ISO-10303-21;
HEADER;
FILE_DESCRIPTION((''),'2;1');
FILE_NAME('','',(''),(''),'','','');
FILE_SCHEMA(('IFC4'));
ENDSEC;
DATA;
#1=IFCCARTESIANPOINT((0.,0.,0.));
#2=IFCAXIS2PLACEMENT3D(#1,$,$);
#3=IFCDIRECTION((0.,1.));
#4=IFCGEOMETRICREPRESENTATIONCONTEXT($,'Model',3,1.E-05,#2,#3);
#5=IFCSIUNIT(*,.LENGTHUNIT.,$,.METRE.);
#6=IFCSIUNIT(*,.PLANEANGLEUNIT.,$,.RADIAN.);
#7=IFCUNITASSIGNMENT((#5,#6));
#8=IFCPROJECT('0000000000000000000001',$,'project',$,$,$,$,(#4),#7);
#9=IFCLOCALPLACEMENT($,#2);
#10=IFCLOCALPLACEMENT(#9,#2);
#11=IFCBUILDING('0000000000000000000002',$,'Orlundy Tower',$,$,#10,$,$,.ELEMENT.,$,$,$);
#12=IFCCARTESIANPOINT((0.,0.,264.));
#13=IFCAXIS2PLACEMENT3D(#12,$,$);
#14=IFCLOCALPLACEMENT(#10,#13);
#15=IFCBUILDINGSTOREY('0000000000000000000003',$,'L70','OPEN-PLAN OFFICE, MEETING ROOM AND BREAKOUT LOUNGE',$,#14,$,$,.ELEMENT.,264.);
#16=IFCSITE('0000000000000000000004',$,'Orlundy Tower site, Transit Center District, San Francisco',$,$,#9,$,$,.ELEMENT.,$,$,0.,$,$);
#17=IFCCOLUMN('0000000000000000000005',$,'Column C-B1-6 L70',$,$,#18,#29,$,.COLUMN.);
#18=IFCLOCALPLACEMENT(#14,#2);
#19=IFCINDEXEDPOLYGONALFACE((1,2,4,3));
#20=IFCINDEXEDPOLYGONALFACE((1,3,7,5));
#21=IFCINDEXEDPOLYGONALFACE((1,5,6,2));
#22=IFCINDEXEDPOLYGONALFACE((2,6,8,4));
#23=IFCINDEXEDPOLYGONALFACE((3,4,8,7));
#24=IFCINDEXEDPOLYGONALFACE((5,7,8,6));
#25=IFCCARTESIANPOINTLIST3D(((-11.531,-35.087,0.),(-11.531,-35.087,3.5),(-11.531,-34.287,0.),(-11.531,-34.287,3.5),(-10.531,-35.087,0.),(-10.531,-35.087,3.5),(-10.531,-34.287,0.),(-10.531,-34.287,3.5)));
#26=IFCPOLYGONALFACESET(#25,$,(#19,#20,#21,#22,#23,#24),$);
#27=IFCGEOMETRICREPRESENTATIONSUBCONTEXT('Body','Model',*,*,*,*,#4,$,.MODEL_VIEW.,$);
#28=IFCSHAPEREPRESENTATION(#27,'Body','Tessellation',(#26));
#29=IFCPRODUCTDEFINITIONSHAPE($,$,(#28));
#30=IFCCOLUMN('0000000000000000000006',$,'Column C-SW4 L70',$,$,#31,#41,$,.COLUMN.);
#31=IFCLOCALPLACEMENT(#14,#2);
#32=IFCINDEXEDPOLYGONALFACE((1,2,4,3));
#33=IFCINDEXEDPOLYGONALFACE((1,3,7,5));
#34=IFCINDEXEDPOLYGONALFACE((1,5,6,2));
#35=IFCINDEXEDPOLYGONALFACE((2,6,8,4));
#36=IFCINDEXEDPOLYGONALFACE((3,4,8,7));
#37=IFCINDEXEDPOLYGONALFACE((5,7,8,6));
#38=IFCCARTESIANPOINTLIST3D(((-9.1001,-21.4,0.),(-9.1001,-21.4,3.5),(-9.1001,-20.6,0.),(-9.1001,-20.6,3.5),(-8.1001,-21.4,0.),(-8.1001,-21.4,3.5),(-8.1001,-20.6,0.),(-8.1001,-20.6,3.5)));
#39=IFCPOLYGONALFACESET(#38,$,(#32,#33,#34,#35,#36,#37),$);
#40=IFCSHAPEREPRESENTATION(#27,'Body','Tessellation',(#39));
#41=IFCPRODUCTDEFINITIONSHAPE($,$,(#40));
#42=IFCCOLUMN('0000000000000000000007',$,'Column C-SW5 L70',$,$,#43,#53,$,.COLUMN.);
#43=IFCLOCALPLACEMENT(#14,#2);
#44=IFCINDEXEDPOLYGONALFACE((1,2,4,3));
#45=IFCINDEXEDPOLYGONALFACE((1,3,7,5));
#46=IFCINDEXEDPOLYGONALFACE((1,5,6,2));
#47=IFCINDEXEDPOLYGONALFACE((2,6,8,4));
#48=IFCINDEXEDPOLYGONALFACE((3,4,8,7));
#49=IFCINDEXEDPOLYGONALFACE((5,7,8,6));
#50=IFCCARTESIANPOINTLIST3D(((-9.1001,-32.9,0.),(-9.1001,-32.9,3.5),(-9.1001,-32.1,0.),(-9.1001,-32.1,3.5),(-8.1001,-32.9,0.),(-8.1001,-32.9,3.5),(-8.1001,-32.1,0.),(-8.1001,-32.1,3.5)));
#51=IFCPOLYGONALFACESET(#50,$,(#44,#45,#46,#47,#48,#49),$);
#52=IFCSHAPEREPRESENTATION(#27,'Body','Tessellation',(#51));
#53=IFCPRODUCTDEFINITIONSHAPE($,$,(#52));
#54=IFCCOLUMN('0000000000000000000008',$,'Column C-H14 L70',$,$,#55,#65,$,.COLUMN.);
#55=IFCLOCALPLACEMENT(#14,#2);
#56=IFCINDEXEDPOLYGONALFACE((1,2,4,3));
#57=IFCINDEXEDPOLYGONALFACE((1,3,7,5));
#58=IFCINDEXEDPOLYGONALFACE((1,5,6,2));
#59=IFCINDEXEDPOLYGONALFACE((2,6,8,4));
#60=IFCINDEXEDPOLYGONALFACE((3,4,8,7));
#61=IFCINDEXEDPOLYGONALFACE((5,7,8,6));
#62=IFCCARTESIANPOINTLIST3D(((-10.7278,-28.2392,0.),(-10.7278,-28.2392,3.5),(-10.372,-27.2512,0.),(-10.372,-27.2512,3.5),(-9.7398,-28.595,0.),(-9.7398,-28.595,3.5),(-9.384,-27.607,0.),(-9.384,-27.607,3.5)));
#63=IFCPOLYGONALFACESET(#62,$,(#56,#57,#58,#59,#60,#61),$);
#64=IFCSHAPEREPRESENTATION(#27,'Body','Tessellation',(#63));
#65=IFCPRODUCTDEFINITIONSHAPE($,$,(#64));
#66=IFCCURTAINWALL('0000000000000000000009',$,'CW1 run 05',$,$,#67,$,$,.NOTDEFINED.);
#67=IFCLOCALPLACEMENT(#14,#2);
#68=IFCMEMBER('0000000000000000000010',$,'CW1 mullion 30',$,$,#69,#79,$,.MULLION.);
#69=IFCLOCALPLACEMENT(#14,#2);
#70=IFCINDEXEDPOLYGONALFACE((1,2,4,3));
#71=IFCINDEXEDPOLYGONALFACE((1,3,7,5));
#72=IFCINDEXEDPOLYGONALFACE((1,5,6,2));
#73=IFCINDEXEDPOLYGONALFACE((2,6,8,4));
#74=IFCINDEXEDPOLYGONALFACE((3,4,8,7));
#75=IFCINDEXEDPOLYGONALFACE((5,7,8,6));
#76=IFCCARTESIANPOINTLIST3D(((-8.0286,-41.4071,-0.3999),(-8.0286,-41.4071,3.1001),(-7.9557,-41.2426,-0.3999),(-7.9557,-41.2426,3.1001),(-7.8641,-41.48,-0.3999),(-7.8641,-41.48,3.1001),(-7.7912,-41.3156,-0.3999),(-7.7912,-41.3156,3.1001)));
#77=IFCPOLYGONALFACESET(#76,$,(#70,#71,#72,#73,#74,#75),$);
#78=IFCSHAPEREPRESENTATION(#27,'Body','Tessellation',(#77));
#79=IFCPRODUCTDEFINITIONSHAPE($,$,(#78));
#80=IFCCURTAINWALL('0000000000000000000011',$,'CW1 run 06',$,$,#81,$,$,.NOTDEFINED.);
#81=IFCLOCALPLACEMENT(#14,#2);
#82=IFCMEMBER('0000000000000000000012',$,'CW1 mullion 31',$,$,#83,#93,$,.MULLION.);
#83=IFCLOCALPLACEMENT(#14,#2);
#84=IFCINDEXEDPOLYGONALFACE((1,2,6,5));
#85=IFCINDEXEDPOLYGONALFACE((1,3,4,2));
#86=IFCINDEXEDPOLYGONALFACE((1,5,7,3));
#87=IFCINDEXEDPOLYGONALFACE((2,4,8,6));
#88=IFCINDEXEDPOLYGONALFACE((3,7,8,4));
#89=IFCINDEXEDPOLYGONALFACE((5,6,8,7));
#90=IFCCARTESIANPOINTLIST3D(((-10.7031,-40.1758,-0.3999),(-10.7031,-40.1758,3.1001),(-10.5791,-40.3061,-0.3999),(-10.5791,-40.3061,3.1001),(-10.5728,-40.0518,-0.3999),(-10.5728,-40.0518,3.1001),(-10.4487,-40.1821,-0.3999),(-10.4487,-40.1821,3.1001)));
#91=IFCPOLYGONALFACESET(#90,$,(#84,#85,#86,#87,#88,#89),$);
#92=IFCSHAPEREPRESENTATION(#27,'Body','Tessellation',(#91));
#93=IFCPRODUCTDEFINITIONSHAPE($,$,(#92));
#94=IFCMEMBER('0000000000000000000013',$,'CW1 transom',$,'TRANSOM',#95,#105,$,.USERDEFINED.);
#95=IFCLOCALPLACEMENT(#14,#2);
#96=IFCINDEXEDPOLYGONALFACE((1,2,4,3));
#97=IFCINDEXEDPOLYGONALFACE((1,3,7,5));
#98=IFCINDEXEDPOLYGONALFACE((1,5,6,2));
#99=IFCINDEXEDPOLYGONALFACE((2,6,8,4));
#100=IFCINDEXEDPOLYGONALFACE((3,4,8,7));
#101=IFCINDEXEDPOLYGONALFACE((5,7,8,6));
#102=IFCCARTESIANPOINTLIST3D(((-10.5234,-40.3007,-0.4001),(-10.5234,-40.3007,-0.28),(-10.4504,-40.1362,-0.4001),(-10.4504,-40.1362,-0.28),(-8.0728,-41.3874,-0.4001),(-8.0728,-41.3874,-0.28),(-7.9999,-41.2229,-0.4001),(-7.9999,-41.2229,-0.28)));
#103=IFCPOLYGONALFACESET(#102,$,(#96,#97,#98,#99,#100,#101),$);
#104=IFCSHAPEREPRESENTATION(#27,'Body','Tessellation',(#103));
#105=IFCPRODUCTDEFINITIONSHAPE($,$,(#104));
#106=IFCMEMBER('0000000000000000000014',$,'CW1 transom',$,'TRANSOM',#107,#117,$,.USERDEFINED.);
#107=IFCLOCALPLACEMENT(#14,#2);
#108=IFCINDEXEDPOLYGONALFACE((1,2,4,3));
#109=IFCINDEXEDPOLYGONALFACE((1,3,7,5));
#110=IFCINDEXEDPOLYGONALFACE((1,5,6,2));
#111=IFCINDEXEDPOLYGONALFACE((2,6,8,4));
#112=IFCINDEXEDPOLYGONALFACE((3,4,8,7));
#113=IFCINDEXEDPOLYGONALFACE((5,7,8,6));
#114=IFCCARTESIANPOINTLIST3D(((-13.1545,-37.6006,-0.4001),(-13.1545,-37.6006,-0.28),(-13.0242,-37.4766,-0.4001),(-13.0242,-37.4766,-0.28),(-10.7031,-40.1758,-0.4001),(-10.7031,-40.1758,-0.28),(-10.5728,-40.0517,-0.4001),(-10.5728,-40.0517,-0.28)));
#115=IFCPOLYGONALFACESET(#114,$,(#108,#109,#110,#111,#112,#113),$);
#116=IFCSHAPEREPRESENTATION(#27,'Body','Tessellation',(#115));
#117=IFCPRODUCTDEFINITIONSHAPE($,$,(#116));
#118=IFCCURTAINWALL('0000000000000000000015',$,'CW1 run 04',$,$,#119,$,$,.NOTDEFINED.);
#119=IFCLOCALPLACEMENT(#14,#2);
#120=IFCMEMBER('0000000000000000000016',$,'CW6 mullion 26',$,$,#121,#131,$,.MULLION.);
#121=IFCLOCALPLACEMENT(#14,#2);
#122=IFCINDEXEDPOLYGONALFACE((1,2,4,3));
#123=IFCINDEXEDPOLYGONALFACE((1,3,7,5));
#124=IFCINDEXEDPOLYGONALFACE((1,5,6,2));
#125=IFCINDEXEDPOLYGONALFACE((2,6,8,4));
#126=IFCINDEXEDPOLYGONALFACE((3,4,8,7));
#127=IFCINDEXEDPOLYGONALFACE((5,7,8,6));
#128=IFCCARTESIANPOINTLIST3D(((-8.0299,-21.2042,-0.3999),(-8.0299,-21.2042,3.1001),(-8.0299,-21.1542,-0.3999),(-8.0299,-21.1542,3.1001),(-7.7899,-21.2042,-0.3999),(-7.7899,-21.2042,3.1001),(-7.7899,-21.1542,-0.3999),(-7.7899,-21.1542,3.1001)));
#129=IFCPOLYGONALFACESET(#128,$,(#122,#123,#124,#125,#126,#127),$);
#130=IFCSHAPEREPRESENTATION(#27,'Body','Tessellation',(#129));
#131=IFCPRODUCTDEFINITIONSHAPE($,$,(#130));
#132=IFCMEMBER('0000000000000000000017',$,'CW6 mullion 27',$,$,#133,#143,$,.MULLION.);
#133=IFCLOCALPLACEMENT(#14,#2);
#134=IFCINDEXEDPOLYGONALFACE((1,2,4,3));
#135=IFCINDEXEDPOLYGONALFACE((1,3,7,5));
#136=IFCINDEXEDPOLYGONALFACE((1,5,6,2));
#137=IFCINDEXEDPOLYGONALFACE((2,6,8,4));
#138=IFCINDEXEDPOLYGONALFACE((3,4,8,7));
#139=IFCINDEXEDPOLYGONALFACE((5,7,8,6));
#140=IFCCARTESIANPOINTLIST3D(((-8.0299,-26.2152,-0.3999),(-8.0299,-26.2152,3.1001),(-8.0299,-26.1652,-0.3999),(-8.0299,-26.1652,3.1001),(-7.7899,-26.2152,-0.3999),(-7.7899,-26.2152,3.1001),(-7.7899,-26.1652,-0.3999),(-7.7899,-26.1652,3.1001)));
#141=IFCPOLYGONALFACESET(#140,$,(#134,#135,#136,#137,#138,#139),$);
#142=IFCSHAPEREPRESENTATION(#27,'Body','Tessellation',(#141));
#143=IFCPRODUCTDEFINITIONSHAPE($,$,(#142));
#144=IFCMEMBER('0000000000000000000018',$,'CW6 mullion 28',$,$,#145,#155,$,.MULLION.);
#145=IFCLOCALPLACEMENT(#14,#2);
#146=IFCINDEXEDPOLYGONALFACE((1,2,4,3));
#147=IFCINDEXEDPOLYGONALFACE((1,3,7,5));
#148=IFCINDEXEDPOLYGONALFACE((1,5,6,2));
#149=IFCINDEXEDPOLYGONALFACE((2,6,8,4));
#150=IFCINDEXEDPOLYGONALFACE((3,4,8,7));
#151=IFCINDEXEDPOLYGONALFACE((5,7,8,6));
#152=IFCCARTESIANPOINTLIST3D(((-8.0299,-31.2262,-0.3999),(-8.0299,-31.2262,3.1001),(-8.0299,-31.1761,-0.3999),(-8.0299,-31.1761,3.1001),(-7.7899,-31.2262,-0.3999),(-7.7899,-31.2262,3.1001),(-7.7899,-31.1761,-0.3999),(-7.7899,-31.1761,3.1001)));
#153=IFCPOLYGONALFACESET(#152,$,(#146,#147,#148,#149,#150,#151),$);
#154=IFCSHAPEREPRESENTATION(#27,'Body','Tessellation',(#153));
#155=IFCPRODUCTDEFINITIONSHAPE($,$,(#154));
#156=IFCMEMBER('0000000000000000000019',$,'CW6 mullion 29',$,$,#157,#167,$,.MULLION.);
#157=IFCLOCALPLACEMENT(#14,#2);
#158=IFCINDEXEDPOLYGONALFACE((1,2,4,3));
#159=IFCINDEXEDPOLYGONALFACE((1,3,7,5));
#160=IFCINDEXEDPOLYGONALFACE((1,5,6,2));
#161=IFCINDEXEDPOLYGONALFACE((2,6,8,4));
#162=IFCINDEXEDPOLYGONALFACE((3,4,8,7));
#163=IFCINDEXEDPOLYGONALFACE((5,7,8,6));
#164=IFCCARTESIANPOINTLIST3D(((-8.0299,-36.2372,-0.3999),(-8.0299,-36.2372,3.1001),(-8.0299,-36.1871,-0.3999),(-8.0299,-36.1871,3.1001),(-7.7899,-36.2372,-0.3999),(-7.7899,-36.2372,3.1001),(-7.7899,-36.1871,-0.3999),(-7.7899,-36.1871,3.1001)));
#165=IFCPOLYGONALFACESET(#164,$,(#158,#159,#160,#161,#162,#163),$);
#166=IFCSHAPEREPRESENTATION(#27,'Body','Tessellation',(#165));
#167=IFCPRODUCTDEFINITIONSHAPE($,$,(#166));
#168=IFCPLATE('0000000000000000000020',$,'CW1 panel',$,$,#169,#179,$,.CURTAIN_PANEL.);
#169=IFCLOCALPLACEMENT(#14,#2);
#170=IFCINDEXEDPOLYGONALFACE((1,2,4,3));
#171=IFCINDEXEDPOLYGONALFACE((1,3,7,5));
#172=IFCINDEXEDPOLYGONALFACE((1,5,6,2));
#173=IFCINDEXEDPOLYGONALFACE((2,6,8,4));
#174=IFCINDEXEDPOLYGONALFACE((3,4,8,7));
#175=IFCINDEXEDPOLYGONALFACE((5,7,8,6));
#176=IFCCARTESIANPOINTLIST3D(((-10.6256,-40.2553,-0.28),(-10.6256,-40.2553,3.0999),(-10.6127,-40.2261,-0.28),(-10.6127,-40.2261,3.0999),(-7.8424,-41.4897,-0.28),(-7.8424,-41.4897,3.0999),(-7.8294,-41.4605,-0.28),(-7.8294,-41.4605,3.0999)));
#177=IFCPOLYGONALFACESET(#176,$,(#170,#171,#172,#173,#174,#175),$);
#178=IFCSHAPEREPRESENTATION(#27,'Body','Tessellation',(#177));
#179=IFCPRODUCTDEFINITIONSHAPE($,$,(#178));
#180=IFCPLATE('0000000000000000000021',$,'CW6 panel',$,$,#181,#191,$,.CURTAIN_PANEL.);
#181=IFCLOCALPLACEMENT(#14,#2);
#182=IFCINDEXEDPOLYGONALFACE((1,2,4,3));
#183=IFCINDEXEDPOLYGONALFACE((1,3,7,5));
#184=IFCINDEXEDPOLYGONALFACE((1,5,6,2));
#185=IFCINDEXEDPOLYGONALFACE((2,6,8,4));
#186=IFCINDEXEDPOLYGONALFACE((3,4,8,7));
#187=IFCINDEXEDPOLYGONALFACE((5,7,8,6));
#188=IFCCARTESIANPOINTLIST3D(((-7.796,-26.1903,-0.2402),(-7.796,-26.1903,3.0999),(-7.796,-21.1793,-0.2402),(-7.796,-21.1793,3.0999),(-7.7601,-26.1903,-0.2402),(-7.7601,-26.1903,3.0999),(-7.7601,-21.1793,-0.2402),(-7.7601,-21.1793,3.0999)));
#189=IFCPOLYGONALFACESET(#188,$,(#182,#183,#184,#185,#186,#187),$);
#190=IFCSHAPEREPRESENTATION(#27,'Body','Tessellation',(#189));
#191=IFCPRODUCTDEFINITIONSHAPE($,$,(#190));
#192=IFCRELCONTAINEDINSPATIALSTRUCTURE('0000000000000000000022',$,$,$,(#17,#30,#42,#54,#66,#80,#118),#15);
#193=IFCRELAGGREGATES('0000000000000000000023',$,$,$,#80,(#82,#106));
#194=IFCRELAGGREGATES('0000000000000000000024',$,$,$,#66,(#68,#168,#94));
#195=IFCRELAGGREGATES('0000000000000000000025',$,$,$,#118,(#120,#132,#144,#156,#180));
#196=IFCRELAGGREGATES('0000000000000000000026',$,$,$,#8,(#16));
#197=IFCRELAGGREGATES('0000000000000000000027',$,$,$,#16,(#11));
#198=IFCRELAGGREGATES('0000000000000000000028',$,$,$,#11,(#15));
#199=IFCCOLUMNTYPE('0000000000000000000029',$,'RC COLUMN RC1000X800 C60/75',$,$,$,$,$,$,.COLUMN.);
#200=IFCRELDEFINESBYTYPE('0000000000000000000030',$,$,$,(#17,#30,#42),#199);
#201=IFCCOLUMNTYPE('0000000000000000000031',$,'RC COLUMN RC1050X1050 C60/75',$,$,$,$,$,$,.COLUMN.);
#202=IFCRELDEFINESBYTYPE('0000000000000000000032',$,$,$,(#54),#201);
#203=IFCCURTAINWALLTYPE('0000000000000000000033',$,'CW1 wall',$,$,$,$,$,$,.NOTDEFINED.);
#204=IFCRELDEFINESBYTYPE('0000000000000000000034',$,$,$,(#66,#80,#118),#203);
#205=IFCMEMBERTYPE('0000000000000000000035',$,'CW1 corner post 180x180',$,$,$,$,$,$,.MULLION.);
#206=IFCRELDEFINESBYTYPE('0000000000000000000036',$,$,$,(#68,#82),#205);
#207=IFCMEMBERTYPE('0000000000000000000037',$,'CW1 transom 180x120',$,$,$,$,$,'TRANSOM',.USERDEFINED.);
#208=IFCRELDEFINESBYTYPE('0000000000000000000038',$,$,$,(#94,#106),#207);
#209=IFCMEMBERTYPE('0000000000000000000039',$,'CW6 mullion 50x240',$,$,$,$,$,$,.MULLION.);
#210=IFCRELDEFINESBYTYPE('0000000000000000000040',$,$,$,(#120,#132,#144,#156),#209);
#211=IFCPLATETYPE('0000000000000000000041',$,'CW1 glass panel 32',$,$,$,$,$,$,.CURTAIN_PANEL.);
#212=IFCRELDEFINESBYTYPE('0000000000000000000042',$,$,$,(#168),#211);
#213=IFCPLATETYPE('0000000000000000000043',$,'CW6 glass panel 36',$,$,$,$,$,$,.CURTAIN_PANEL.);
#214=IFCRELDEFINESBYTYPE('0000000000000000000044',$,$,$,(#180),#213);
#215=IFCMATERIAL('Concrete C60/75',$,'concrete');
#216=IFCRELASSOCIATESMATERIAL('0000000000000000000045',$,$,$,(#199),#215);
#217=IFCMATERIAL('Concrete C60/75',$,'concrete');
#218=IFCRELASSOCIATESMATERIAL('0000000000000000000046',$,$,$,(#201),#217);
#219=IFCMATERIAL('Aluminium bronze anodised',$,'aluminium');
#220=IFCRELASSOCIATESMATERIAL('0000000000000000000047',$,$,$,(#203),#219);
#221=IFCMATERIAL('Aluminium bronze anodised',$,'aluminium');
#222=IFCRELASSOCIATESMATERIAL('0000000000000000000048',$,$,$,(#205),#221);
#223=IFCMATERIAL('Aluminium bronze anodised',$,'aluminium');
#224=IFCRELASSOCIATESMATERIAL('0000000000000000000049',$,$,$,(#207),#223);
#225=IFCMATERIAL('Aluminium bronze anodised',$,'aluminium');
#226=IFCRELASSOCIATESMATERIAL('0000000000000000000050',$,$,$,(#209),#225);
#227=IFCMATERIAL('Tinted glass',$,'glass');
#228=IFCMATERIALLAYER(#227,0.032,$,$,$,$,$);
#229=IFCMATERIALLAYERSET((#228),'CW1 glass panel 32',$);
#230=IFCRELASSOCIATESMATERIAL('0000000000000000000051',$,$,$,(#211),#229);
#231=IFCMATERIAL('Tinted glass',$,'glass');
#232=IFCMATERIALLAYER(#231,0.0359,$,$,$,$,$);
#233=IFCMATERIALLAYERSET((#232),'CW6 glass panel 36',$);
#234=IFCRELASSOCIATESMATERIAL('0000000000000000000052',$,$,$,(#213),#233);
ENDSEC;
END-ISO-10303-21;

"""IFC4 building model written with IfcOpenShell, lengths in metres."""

from ifc_helpers import new_model, si_unit, direction, frame, origin, origin_2d, place, context, subcontext, project, spatial, rectangle, extrude, material, layer, layer_set, material_profile, profile_set, type_object, element, aggregate, save


model = new_model("IFC4")

# Units and contexts
model_context = context("Model", 3, precision=1e-05, world=origin(), true_north=direction((0.0, 1.0)))
body_context = subcontext(model_context, "Body", "Model", "MODEL_VIEW")
ifc_project = project(units=[si_unit("LENGTHUNIT", "METRE"), si_unit("PLANEANGLEUNIT", "RADIAN")], contexts=[model_context])

# Site, building, storey
site_placement = place(None, origin())
site = spatial("IfcSite", under=ifc_project, at=site_placement, Name="Orlundy Tower site, Transit Center District, San Francisco", CompositionType="ELEMENT", RefElevation=0.0)
building_placement = place(site_placement, origin())
building = spatial("IfcBuilding", under=site, at=building_placement, Name="Orlundy Tower", CompositionType="ELEMENT")
storey_placement = place(building_placement, frame((0.0, 0.0, 264.0)))
storey = spatial("IfcBuildingStorey", under=building, at=storey_placement, Name="L70", Description="OPEN-PLAN OFFICE, MEETING ROOM AND BREAKOUT LOUNGE", CompositionType="ELEMENT", Elevation=264.0)

# Columns
ifc_material_1 = material(Name="Concrete C60/75", Category="concrete")
ifc_material_profile_1 = material_profile(ifc_material_1, rectangle(XDim=1.0, YDim=0.8, at=origin_2d()), Name="RC1000X800")
ifc_profile_set_1 = profile_set([ifc_material_profile_1], Name="Concrete C60/75")
column_type_1 = type_object("IfcColumnType", Name="RC COLUMN RC1000X800 C60/75", PredefinedType="COLUMN", material=ifc_profile_set_1)
for number, where, z_axis, x_axis, name in (
    (1, (-11.031, -34.687, 0.0), (0.0, 0.0, 1.0), (1.0, 0.0, 0.0), "Column C-B1-6 L70"),
    (2, (-8.6001, -21.0, 0.0), (0.0, 0.0, 1.0), (1.0, 0.0, 0.0), "Column C-SW4 L70"),
    (3, (-8.6001, -32.5, 0.0), (0.0, 0.0, 1.0), (1.0, 0.0, 0.0), "Column C-SW5 L70"),
):
    element("IfcColumn", number, at=place(storey_placement, frame(where, z_axis=z_axis, x_axis=x_axis)), inside=storey, type_object=column_type_1, Name=name, PredefinedType="COLUMN", context=body_context, shape_type="SweptSolid", body=[
        extrude(rectangle(XDim=1.0, YDim=0.8, at=origin_2d()), origin(), (0.0, 0.0, 1.0), 3.5),
    ])
ifc_material_2 = material(Name="Concrete C60/75", Category="concrete")
ifc_material_profile_2 = material_profile(ifc_material_2, rectangle(XDim=1.05, YDim=1.05, at=origin_2d()), Name="RC1050X1050")
ifc_profile_set_2 = profile_set([ifc_material_profile_2], Name="Concrete C60/75")
column_type_2 = type_object("IfcColumnType", Name="RC COLUMN RC1050X1050 C60/75", PredefinedType="COLUMN", material=ifc_profile_set_2)
column_placement = place(storey_placement, frame((-10.0559, -27.9231, 0.0), z_axis=(0.0, 0.0, 1.0), x_axis=(-0.338836, -0.940845, 0.0)))
element("IfcColumn", 4, at=column_placement, inside=storey, type_object=column_type_2, Name="Column C-H14 L70", PredefinedType="COLUMN", context=body_context, shape_type="SweptSolid", body=[
    extrude(rectangle(XDim=1.05, YDim=1.05, at=origin_2d()), origin(), (0.0, 0.0, 1.0), 3.5),
])

# Curtain walls, members
ifc_material_3 = material(Name="Aluminium bronze anodised", Category="aluminium")
curtain_wall_type = type_object("IfcCurtainWallType", Name="CW1 wall", PredefinedType="NOTDEFINED", material=ifc_material_3)
curtain_wall_1_placement = place(storey_placement, origin())
curtain_wall_1 = element("IfcCurtainWall", 5, at=curtain_wall_1_placement, inside=storey, type_object=curtain_wall_type, Name="CW1 run 05", PredefinedType="NOTDEFINED")
ifc_material_4 = material(Name="Aluminium bronze anodised", Category="aluminium")
ifc_material_profile_3 = material_profile(ifc_material_4, rectangle(XDim=0.1799, YDim=0.1799, at=origin_2d()), Name="CW1 corner post 180x180")
ifc_profile_set_3 = profile_set([ifc_material_profile_3], Name="Aluminium bronze anodised")
member_type_1 = type_object("IfcMemberType", Name="CW1 corner post 180x180", PredefinedType="MULLION", material=ifc_profile_set_3)
member_1_placement = place(storey_placement, frame((-7.9099, -41.3613, -0.3999), z_axis=(0.0, 0.0, 1.0), x_axis=(-0.405432, -0.914125, 0.0)))
member_1 = element("IfcMember", 6, at=member_1_placement, type_object=member_type_1, Name="CW1 mullion 30", PredefinedType="MULLION", context=body_context, shape_type="SweptSolid", body=[
    extrude(rectangle(XDim=0.1799, YDim=0.1799, at=origin_2d()), origin(), (0.0, 0.0, 1.0), 3.5),
])
curtain_wall_2_placement = place(storey_placement, origin())
curtain_wall_2 = element("IfcCurtainWall", 7, at=curtain_wall_2_placement, inside=storey, type_object=curtain_wall_type, Name="CW1 run 06", PredefinedType="NOTDEFINED")
member_2_placement = place(storey_placement, frame((-10.5759, -40.179, -0.3999), z_axis=(0.0, 0.0, 1.0), x_axis=(-0.724292, -0.689493, 0.0)))
member_2 = element("IfcMember", 8, at=member_2_placement, type_object=member_type_1, Name="CW1 mullion 31", PredefinedType="MULLION", context=body_context, shape_type="SweptSolid", body=[
    extrude(rectangle(XDim=0.1799, YDim=0.1799, at=origin_2d()), origin(), (0.0, 0.0, 1.0), 3.5),
])

# Members
ifc_material_5 = material(Name="Aluminium bronze anodised", Category="aluminium")
ifc_material_profile_4 = material_profile(ifc_material_5, rectangle(XDim=0.1799, YDim=0.1201, at=origin_2d()), Name="CW1 transom 180x120")
ifc_profile_set_4 = profile_set([ifc_material_profile_4], Name="Aluminium bronze anodised")
member_type_2 = type_object("IfcMemberType", Name="CW1 transom 180x120", ElementType="TRANSOM", PredefinedType="USERDEFINED", material=ifc_profile_set_4)
member_3_placement = place(storey_placement, frame((-8.0364, -41.3052, -0.3401), z_axis=(-0.914146, 0.405386, 0.0), x_axis=(-0.405386, -0.914146, 0.0)))
member_3 = element("IfcMember", 9, at=member_3_placement, type_object=member_type_2, Name="CW1 transom", ObjectType="TRANSOM", PredefinedType="USERDEFINED", context=body_context, shape_type="SweptSolid", body=[
    extrude(rectangle(XDim=0.1799, YDim=0.1201, at=origin_2d()), origin(), (0.0, 0.0, 1.0), 2.6807),
])
member_4_placement = place(storey_placement, frame((-10.6379, -40.1138, -0.3401), z_axis=(-0.689485, 0.7243, 0.0), x_axis=(-0.7243, -0.689485, 0.0)))
member_4 = element("IfcMember", 10, at=member_4_placement, type_object=member_type_2, Name="CW1 transom", ObjectType="TRANSOM", PredefinedType="USERDEFINED", context=body_context, shape_type="SweptSolid", body=[
    extrude(rectangle(XDim=0.1799, YDim=0.1201, at=origin_2d()), origin(), (0.0, 0.0, 1.0), 3.5554),
])
aggregate(curtain_wall_2, [member_2, member_4])

# Curtain wall, members
curtain_wall_3_placement = place(storey_placement, origin())
curtain_wall_3 = element("IfcCurtainWall", 11, at=curtain_wall_3_placement, inside=storey, type_object=curtain_wall_type, Name="CW1 run 04", PredefinedType="NOTDEFINED")
ifc_material_6 = material(Name="Aluminium bronze anodised", Category="aluminium")
ifc_material_profile_5 = material_profile(ifc_material_6, rectangle(XDim=0.24, YDim=0.05, at=origin_2d()), Name="CW6 mullion 50x240")
ifc_profile_set_5 = profile_set([ifc_material_profile_5], Name="Aluminium bronze anodised")
member_type_3 = type_object("IfcMemberType", Name="CW6 mullion 50x240", PredefinedType="MULLION", material=ifc_profile_set_5)
member_5_placement = place(storey_placement, frame((-7.9099, -21.1792, -0.3999), z_axis=(0.0, 0.0, 1.0), x_axis=(1.0, 0.0, 0.0)))
member_5 = element("IfcMember", 12, at=member_5_placement, type_object=member_type_3, Name="CW6 mullion 26", PredefinedType="MULLION", context=body_context, shape_type="SweptSolid", body=[
    extrude(rectangle(XDim=0.24, YDim=0.05, at=origin_2d()), origin(), (0.0, 0.0, 1.0), 3.5),
])
member_6_placement = place(storey_placement, frame((-7.9099, -26.1902, -0.3999), z_axis=(0.0, 0.0, 1.0), x_axis=(1.0, 0.0, 0.0)))
member_6 = element("IfcMember", 13, at=member_6_placement, type_object=member_type_3, Name="CW6 mullion 27", PredefinedType="MULLION", context=body_context, shape_type="SweptSolid", body=[
    extrude(rectangle(XDim=0.24, YDim=0.05, at=origin_2d()), origin(), (0.0, 0.0, 1.0), 3.5),
])
member_7_placement = place(storey_placement, frame((-7.9099, -31.2012, -0.3999), z_axis=(0.0, 0.0, 1.0), x_axis=(1.0, 0.0, 0.0)))
member_7 = element("IfcMember", 14, at=member_7_placement, type_object=member_type_3, Name="CW6 mullion 28", PredefinedType="MULLION", context=body_context, shape_type="SweptSolid", body=[
    extrude(rectangle(XDim=0.24, YDim=0.05, at=origin_2d()), origin(), (0.0, 0.0, 1.0), 3.5),
])
member_8_placement = place(storey_placement, frame((-7.9099, -36.2122, -0.3999), z_axis=(0.0, 0.0, 1.0), x_axis=(1.0, 0.0, 0.0)))
member_8 = element("IfcMember", 15, at=member_8_placement, type_object=member_type_3, Name="CW6 mullion 29", PredefinedType="MULLION", context=body_context, shape_type="SweptSolid", body=[
    extrude(rectangle(XDim=0.24, YDim=0.05, at=origin_2d()), origin(), (0.0, 0.0, 1.0), 3.5),
])

# Plates
ifc_material_7 = material(Name="Tinted glass", Category="glass")
ifc_layer_1 = layer(ifc_material_7, 0.032)
ifc_layer_set_1 = layer_set([ifc_layer_1], Name="CW1 glass panel 32")
plate_type_1 = type_object("IfcPlateType", Name="CW1 glass panel 32", PredefinedType="CURTAIN_PANEL", material=ifc_layer_set_1)
plate_1_placement = place(storey_placement, frame((-9.2275, -40.8579, -0.28), z_axis=(0.0, 0.0, 1.0), x_axis=(-0.914125, 0.405432, 0.0)))
plate_1 = element("IfcPlate", 16, at=plate_1_placement, type_object=plate_type_1, Name="CW1 panel", PredefinedType="CURTAIN_PANEL", context=body_context, shape_type="SweptSolid", body=[
    extrude(rectangle(XDim=3.0447, YDim=0.032, at=origin_2d()), origin(), (0.0, 0.0, 1.0), 3.3799),
])
aggregate(curtain_wall_1, [member_1, plate_1, member_3])
ifc_material_8 = material(Name="Tinted glass", Category="glass")
ifc_layer_2 = layer(ifc_material_8, 0.0359)
ifc_layer_set_2 = layer_set([ifc_layer_2], Name="CW6 glass panel 36")
plate_type_2 = type_object("IfcPlateType", Name="CW6 glass panel 36", PredefinedType="CURTAIN_PANEL", material=ifc_layer_set_2)
plate_2_placement = place(storey_placement, frame((-7.7781, -23.6848, -0.2402), z_axis=(0.0, 0.0, 1.0), x_axis=(0.0, -1.0, 0.0)))
plate_2 = element("IfcPlate", 17, at=plate_2_placement, type_object=plate_type_2, Name="CW6 panel", PredefinedType="CURTAIN_PANEL", context=body_context, shape_type="SweptSolid", body=[
    extrude(rectangle(XDim=5.011, YDim=0.0359, at=origin_2d()), origin(), (0.0, 0.0, 1.0), 3.3401),
])
aggregate(curtain_wall_3, [member_5, member_6, member_7, member_8, plate_2])

save(model, "model.ifc")
